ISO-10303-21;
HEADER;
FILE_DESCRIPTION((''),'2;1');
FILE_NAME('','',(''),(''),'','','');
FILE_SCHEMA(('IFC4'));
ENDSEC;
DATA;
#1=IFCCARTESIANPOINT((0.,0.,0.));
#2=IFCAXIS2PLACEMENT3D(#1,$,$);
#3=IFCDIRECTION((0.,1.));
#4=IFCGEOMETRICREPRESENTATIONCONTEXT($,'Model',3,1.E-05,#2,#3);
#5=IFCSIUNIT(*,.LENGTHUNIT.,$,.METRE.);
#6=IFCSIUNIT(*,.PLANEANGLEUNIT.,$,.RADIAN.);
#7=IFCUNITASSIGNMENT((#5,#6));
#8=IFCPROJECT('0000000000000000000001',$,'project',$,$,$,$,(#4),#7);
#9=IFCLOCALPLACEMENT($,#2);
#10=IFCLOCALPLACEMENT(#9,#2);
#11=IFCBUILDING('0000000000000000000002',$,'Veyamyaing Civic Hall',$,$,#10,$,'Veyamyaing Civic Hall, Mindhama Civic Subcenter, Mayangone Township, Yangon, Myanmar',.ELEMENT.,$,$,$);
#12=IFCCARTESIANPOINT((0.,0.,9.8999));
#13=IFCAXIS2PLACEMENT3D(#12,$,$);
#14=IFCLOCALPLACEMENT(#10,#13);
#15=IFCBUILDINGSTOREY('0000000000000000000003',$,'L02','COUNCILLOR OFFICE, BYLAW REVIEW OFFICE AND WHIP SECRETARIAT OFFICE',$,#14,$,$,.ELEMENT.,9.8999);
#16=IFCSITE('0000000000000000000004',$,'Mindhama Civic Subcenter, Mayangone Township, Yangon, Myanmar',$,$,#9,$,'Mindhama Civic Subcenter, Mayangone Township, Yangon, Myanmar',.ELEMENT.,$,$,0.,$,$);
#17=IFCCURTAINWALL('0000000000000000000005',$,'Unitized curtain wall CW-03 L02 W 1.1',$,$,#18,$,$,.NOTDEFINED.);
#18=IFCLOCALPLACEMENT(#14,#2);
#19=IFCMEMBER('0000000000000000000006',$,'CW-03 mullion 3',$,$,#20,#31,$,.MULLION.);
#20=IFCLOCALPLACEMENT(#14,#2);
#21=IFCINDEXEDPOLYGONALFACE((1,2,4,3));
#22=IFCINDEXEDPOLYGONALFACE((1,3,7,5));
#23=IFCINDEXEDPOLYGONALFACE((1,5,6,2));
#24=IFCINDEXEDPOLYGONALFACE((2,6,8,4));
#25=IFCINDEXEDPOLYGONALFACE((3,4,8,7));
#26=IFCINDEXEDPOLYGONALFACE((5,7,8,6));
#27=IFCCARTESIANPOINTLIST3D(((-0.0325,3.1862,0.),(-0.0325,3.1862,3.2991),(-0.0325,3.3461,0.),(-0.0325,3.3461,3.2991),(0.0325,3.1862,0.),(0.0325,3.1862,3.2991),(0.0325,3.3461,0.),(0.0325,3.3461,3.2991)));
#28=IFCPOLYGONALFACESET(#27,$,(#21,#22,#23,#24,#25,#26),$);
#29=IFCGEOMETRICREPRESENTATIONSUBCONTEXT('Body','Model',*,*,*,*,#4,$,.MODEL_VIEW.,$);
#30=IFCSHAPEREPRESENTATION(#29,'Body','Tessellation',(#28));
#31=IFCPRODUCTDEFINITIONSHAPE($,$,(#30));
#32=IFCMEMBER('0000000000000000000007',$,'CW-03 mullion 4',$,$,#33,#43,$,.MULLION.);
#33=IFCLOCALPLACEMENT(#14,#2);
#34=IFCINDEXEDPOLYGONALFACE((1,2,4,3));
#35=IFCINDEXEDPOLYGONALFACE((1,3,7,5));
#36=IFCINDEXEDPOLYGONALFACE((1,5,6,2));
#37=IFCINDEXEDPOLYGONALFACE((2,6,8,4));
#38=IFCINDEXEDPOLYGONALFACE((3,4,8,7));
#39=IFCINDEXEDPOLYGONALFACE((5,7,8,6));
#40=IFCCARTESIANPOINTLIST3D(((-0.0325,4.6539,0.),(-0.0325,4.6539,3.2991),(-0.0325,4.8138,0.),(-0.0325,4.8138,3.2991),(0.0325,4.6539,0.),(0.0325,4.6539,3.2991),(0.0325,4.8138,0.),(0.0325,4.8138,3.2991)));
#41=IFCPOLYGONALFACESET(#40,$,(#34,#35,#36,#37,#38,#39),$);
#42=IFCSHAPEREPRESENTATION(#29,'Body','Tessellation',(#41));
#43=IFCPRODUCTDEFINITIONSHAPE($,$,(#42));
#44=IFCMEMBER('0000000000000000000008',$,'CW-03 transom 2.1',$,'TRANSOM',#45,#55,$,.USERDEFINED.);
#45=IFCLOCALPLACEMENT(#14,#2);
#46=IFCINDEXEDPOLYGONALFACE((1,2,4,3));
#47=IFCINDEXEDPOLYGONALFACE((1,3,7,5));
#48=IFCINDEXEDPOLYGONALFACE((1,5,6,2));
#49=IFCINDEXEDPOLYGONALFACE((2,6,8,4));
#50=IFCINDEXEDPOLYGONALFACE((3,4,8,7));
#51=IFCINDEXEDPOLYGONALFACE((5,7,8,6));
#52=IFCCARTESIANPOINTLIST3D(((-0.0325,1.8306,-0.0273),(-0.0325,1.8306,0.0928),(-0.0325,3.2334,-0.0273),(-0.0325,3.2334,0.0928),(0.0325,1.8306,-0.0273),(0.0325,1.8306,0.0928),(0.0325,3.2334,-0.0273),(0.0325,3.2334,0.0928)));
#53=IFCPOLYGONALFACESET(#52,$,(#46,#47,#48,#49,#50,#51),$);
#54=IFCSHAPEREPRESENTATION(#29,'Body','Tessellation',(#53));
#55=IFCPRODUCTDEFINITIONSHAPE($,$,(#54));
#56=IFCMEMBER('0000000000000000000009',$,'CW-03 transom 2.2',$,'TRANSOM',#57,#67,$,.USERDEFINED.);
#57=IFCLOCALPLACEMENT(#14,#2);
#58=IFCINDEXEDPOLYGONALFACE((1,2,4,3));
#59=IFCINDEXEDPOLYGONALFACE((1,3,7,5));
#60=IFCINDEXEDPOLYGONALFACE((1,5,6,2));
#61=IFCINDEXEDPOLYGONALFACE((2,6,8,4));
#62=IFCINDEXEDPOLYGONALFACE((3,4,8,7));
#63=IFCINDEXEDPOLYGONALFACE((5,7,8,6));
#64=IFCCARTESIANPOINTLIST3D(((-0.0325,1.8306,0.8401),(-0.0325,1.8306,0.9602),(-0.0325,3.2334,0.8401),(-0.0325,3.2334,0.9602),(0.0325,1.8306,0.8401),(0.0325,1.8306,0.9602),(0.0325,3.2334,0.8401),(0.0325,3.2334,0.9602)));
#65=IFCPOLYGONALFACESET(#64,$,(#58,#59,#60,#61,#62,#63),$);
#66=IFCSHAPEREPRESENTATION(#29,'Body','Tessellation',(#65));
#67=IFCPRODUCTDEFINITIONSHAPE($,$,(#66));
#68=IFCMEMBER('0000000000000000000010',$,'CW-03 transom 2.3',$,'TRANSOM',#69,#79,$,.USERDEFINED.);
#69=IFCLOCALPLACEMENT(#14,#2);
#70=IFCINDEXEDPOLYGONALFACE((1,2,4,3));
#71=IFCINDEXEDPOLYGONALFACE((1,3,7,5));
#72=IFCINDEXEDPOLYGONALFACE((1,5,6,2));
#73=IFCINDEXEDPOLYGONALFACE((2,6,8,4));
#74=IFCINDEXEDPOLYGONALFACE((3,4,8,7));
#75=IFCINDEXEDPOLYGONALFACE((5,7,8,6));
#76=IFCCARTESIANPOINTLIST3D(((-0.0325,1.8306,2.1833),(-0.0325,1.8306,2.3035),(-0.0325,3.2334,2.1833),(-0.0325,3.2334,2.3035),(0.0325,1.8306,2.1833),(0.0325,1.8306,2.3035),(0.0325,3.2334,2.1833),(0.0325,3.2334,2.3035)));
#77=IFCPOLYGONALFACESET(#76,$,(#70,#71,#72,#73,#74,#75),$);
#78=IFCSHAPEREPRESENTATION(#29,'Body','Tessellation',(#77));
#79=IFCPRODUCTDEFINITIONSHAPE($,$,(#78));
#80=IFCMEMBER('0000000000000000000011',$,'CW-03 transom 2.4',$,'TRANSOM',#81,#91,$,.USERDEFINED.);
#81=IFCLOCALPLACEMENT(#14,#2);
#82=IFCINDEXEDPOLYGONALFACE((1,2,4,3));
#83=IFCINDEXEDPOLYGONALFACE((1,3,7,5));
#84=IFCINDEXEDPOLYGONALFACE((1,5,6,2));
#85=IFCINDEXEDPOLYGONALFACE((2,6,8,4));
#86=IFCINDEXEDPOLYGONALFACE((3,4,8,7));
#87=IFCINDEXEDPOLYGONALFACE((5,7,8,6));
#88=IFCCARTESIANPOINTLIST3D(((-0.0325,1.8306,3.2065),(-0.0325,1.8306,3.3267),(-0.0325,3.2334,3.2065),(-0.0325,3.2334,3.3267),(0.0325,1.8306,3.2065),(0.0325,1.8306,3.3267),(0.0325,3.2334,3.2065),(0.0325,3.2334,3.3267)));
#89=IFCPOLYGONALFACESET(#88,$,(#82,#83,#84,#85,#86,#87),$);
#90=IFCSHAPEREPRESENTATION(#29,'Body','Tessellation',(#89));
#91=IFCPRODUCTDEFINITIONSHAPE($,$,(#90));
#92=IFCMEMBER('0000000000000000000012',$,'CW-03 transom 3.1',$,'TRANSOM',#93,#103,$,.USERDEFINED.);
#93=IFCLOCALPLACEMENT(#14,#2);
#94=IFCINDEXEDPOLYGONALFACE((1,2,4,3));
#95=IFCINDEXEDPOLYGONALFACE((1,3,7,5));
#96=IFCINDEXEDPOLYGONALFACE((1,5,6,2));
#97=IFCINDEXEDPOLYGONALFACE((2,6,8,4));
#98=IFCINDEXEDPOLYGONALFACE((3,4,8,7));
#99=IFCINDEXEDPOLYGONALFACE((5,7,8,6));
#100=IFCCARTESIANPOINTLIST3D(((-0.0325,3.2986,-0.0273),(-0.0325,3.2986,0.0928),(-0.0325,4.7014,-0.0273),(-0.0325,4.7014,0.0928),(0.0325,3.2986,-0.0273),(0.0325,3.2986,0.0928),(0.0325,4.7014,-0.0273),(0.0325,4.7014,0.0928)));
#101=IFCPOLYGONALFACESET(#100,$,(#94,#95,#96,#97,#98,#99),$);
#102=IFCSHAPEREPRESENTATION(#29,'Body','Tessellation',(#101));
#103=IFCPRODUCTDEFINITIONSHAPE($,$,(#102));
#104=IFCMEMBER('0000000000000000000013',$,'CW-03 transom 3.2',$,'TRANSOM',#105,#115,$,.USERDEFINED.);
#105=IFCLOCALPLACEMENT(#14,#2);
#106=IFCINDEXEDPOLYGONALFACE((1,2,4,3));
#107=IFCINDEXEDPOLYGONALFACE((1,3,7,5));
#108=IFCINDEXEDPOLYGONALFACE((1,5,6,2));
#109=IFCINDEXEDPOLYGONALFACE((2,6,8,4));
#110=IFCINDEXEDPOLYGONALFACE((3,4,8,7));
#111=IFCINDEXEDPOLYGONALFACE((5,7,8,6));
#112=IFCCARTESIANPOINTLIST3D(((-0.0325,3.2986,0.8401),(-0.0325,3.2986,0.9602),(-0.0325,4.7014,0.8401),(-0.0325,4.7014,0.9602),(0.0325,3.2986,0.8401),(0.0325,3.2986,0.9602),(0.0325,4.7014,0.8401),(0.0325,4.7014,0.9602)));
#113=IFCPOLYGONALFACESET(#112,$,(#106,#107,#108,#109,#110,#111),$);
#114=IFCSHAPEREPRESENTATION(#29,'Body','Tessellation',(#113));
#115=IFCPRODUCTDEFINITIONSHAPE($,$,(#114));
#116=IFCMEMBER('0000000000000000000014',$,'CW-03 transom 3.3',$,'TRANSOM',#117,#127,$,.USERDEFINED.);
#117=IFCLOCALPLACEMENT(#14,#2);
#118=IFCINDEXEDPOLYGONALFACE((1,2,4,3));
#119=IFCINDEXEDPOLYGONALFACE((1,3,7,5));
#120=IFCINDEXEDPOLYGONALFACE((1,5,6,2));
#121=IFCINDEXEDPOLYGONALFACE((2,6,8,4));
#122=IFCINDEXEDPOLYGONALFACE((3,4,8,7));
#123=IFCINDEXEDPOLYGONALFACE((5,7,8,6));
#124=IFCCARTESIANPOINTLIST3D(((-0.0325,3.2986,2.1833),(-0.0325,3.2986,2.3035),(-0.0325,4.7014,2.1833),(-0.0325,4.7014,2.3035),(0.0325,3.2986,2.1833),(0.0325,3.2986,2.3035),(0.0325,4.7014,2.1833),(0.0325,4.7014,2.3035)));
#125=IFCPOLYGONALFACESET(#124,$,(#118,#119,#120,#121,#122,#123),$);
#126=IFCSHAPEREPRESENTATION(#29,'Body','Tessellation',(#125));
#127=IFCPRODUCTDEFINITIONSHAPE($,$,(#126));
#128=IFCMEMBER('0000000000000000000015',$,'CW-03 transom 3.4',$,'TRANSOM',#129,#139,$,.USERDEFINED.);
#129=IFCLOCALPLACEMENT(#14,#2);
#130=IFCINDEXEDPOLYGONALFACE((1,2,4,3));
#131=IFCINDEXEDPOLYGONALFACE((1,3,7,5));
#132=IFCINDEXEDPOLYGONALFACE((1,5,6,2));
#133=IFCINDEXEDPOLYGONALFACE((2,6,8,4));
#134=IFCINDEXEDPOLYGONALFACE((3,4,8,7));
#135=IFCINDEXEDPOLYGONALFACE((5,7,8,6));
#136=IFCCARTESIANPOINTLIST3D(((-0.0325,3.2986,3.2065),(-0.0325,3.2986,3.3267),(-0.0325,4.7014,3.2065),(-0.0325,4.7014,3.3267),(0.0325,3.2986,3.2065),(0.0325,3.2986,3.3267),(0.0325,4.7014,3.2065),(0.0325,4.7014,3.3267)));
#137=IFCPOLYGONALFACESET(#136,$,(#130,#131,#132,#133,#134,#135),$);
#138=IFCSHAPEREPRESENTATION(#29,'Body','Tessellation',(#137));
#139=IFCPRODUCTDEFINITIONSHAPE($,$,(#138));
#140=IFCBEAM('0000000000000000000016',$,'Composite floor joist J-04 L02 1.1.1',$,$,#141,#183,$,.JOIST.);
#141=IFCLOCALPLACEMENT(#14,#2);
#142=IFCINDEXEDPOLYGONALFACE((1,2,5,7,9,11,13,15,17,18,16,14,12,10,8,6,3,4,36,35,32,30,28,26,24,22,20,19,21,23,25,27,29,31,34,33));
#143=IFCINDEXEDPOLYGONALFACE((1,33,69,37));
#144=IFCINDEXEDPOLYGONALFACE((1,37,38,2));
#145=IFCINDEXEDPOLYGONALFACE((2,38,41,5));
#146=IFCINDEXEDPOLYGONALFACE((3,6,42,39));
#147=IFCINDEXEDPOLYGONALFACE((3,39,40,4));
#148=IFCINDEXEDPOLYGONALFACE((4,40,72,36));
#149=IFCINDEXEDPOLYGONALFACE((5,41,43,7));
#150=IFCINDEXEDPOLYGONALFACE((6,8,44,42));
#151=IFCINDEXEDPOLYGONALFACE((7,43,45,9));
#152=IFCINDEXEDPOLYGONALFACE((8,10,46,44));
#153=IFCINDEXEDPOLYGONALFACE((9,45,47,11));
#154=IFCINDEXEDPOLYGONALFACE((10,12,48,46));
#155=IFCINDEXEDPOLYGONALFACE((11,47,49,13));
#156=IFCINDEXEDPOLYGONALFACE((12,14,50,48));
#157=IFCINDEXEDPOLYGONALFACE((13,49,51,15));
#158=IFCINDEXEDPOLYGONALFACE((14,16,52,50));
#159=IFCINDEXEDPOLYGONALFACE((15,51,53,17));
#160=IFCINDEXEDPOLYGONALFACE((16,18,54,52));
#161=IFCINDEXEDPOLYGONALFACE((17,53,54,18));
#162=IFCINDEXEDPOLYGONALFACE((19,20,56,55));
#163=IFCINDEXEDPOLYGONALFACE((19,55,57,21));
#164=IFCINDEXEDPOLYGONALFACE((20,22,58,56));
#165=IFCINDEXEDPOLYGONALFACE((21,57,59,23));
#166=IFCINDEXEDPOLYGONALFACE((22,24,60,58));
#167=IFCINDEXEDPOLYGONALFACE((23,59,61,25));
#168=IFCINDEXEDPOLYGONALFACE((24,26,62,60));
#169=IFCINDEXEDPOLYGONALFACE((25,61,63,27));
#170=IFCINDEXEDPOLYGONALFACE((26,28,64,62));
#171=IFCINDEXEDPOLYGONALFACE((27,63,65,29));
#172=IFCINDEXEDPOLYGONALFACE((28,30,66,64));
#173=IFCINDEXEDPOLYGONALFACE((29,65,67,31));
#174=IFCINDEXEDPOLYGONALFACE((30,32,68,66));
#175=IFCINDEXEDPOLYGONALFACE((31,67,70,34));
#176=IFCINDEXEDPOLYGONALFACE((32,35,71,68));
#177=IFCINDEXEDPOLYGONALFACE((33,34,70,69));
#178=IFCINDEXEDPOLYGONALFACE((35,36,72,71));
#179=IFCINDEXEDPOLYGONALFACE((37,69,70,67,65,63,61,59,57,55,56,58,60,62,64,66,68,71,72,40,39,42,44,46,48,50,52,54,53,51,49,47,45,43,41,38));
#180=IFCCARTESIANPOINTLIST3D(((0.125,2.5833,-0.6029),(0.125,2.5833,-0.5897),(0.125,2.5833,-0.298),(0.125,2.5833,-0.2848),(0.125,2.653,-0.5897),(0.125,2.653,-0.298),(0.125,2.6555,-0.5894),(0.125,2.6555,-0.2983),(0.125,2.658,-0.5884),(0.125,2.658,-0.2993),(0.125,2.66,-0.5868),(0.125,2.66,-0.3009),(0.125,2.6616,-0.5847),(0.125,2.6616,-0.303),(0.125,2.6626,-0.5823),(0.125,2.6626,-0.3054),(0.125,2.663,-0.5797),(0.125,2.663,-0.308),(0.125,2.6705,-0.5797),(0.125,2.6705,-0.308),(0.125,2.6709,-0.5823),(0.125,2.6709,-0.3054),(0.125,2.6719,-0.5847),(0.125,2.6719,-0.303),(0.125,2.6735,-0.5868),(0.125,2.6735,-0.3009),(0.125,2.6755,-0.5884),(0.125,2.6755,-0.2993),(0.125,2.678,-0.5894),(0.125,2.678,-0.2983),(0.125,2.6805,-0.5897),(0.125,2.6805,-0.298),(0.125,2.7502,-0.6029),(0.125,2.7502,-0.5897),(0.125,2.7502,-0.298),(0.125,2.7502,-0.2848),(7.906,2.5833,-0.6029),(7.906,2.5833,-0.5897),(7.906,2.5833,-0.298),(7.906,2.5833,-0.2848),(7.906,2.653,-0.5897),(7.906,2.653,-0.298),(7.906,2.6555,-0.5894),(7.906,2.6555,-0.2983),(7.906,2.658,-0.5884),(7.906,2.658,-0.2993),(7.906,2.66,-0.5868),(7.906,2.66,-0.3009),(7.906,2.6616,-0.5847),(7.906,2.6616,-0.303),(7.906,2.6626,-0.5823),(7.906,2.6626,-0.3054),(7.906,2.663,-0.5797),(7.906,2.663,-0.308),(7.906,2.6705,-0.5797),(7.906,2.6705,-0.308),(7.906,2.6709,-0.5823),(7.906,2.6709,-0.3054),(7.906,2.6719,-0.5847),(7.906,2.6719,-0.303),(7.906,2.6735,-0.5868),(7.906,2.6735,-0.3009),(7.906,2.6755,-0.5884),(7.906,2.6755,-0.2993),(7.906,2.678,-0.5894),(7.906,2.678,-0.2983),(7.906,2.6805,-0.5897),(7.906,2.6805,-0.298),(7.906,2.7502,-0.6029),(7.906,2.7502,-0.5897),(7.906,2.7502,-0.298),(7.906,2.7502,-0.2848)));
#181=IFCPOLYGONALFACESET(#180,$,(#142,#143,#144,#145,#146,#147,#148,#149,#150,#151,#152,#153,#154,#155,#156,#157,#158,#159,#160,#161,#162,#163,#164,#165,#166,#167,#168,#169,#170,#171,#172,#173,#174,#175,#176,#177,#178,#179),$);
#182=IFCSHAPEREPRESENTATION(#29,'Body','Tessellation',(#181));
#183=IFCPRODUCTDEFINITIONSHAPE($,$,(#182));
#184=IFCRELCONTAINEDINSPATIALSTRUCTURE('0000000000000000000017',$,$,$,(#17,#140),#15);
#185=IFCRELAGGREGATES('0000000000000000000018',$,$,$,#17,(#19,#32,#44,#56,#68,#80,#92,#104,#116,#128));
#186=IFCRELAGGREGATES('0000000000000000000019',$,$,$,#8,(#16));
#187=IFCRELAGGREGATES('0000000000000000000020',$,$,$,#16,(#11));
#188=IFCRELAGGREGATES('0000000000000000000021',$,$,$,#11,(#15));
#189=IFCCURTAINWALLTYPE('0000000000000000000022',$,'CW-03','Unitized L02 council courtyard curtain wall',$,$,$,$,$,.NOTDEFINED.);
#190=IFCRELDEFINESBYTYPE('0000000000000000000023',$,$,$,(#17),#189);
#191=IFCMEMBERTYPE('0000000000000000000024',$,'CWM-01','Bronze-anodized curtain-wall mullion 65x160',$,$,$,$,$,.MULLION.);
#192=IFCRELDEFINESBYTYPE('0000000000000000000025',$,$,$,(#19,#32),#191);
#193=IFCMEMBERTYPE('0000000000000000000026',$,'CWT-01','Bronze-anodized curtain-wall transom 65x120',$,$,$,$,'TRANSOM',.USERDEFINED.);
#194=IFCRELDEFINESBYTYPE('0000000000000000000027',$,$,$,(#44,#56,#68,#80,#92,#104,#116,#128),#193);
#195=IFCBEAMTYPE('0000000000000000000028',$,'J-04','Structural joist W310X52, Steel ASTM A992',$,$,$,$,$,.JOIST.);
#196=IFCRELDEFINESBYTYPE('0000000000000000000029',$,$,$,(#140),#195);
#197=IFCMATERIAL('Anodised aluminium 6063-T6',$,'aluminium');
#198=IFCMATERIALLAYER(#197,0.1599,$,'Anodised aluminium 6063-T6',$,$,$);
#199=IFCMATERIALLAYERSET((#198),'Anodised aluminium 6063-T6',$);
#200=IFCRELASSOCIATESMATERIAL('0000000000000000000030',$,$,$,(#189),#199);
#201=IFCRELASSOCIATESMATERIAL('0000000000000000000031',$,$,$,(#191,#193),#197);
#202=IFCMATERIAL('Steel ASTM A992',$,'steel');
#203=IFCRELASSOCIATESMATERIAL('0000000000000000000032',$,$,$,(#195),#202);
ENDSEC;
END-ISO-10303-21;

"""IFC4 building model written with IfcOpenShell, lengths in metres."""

from ifc_helpers import new_model, si_unit, direction, frame, origin, origin_2d, place, context, subcontext, project, spatial, rectangle, i_section, extrude, material, layer, layer_set, material_profile, profile_set, type_object, element, aggregate, save


model = new_model("IFC4")

# Units and contexts
model_context = context("Model", 3, precision=1e-05, world=origin(), true_north=direction((0.0, 1.0)))
body_context = subcontext(model_context, "Body", "Model", "MODEL_VIEW")
ifc_project = project(units=[si_unit("LENGTHUNIT", "METRE"), si_unit("PLANEANGLEUNIT", "RADIAN")], contexts=[model_context])

# Site, building, storey
site_placement = place(None, origin())
site = spatial("IfcSite", under=ifc_project, at=site_placement, Name="Mindhama Civic Subcenter, Mayangone Township, Yangon, Myanmar", LongName="Mindhama Civic Subcenter, Mayangone Township, Yangon, Myanmar", CompositionType="ELEMENT", RefElevation=0.0)
building_placement = place(site_placement, origin())
building = spatial("IfcBuilding", under=site, at=building_placement, Name="Veyamyaing Civic Hall", LongName="Veyamyaing Civic Hall, Mindhama Civic Subcenter, Mayangone Township, Yangon, Myanmar", CompositionType="ELEMENT")
storey_placement = place(building_placement, frame((0.0, 0.0, 9.8999)))
storey = spatial("IfcBuildingStorey", under=building, at=storey_placement, Name="L02", Description="COUNCILLOR OFFICE, BYLAW REVIEW OFFICE AND WHIP SECRETARIAT OFFICE", CompositionType="ELEMENT", Elevation=9.8999)

# Curtain wall, members
ifc_material_1 = material(Name="Anodised aluminium 6063-T6", Category="aluminium")
ifc_layer_1 = layer(ifc_material_1, 0.1599, Name="Anodised aluminium 6063-T6")
ifc_layer_set_1 = layer_set([ifc_layer_1], Name="Anodised aluminium 6063-T6")
curtain_wall_type = type_object("IfcCurtainWallType", Name="CW-03", Description="Unitized L02 council courtyard curtain wall", PredefinedType="NOTDEFINED", material=ifc_layer_set_1)
curtain_wall_placement = place(storey_placement, origin())
curtain_wall = element("IfcCurtainWall", 1, at=curtain_wall_placement, inside=storey, type_object=curtain_wall_type, Name="Unitized curtain wall CW-03 L02 W 1.1", PredefinedType="NOTDEFINED")
ifc_material_profile_1 = material_profile(ifc_material_1, rectangle(XDim=0.0649, YDim=0.1599, at=origin_2d()), Name="ALU-MUL-65X160")
ifc_profile_set_1 = profile_set([ifc_material_profile_1], Name="Anodised aluminium 6063-T6")
member_type_1 = type_object("IfcMemberType", Name="CWM-01", Description="Bronze-anodized curtain-wall mullion 65x160", PredefinedType="MULLION", material=ifc_profile_set_1)
member_1_placement = place(storey_placement, frame((0.0, 3.2661, 0.0), z_axis=(0.0, 0.0, 1.0), x_axis=(-1.0, 0.0, 0.0)))
member_1 = element("IfcMember", 2, at=member_1_placement, type_object=member_type_1, Name="CW-03 mullion 3", PredefinedType="MULLION", context=body_context, shape_type="SweptSolid", body=[
    extrude(rectangle(XDim=0.0649, YDim=0.1599, at=origin_2d()), origin(), (0.0, 0.0, 1.0), 3.2991),
])
member_2_placement = place(storey_placement, frame((0.0, 4.7339, 0.0), z_axis=(0.0, 0.0, 1.0), x_axis=(-1.0, 0.0, 0.0)))
member_2 = element("IfcMember", 3, at=member_2_placement, type_object=member_type_1, Name="CW-03 mullion 4", PredefinedType="MULLION", context=body_context, shape_type="SweptSolid", body=[
    extrude(rectangle(XDim=0.0649, YDim=0.1599, at=origin_2d()), origin(), (0.0, 0.0, 1.0), 3.2991),
])
ifc_material_profile_2 = material_profile(ifc_material_1, rectangle(XDim=0.0649, YDim=0.1201, at=origin_2d()), Name="ALU-TRN-65X120")
ifc_profile_set_2 = profile_set([ifc_material_profile_2], Name="Anodised aluminium 6063-T6")
member_type_2 = type_object("IfcMemberType", Name="CWT-01", Description="Bronze-anodized curtain-wall transom 65x120", ElementType="TRANSOM", PredefinedType="USERDEFINED", material=ifc_profile_set_2)
member_3_placement = place(storey_placement, frame((0.0, 1.8306, 0.0327), z_axis=(0.0, 1.0, 0.0), x_axis=(-1.0, 0.0, 0.0)))
member_3 = element("IfcMember", 4, at=member_3_placement, type_object=member_type_2, Name="CW-03 transom 2.1", ObjectType="TRANSOM", PredefinedType="USERDEFINED", context=body_context, shape_type="SweptSolid", body=[
    extrude(rectangle(XDim=0.0649, YDim=0.1201, at=origin_2d()), origin(), (0.0, 0.0, 1.0), 1.4028),
])
member_4_placement = place(storey_placement, frame((0.0, 1.8306, 0.9001), z_axis=(0.0, 1.0, 0.0), x_axis=(-1.0, 0.0, 0.0)))
member_4 = element("IfcMember", 5, at=member_4_placement, type_object=member_type_2, Name="CW-03 transom 2.2", ObjectType="TRANSOM", PredefinedType="USERDEFINED", context=body_context, shape_type="SweptSolid", body=[
    extrude(rectangle(XDim=0.0649, YDim=0.1201, at=origin_2d()), origin(), (0.0, 0.0, 1.0), 1.4028),
])
member_5_placement = place(storey_placement, frame((0.0, 1.8306, 2.2434), z_axis=(0.0, 1.0, 0.0), x_axis=(-1.0, 0.0, 0.0)))
member_5 = element("IfcMember", 6, at=member_5_placement, type_object=member_type_2, Name="CW-03 transom 2.3", ObjectType="TRANSOM", PredefinedType="USERDEFINED", context=body_context, shape_type="SweptSolid", body=[
    extrude(rectangle(XDim=0.0649, YDim=0.1201, at=origin_2d()), origin(), (0.0, 0.0, 1.0), 1.4028),
])
member_6_placement = place(storey_placement, frame((0.0, 1.8306, 3.2666), z_axis=(0.0, 1.0, 0.0), x_axis=(-1.0, 0.0, 0.0)))
member_6 = element("IfcMember", 7, at=member_6_placement, type_object=member_type_2, Name="CW-03 transom 2.4", ObjectType="TRANSOM", PredefinedType="USERDEFINED", context=body_context, shape_type="SweptSolid", body=[
    extrude(rectangle(XDim=0.0649, YDim=0.1201, at=origin_2d()), origin(), (0.0, 0.0, 1.0), 1.4028),
])
member_7_placement = place(storey_placement, frame((0.0, 3.2986, 0.0327), z_axis=(0.0, 1.0, 0.0), x_axis=(-1.0, 0.0, 0.0)))
member_7 = element("IfcMember", 8, at=member_7_placement, type_object=member_type_2, Name="CW-03 transom 3.1", ObjectType="TRANSOM", PredefinedType="USERDEFINED", context=body_context, shape_type="SweptSolid", body=[
    extrude(rectangle(XDim=0.0649, YDim=0.1201, at=origin_2d()), origin(), (0.0, 0.0, 1.0), 1.4028),
])
member_8_placement = place(storey_placement, frame((0.0, 3.2986, 0.9001), z_axis=(0.0, 1.0, 0.0), x_axis=(-1.0, 0.0, 0.0)))
member_8 = element("IfcMember", 9, at=member_8_placement, type_object=member_type_2, Name="CW-03 transom 3.2", ObjectType="TRANSOM", PredefinedType="USERDEFINED", context=body_context, shape_type="SweptSolid", body=[
    extrude(rectangle(XDim=0.0649, YDim=0.1201, at=origin_2d()), origin(), (0.0, 0.0, 1.0), 1.4028),
])
member_9_placement = place(storey_placement, frame((0.0, 3.2986, 2.2434), z_axis=(0.0, 1.0, 0.0), x_axis=(-1.0, 0.0, 0.0)))
member_9 = element("IfcMember", 10, at=member_9_placement, type_object=member_type_2, Name="CW-03 transom 3.3", ObjectType="TRANSOM", PredefinedType="USERDEFINED", context=body_context, shape_type="SweptSolid", body=[
    extrude(rectangle(XDim=0.0649, YDim=0.1201, at=origin_2d()), origin(), (0.0, 0.0, 1.0), 1.4028),
])
member_10_placement = place(storey_placement, frame((0.0, 3.2986, 3.2666), z_axis=(0.0, 1.0, 0.0), x_axis=(-1.0, 0.0, 0.0)))
member_10 = element("IfcMember", 11, at=member_10_placement, type_object=member_type_2, Name="CW-03 transom 3.4", ObjectType="TRANSOM", PredefinedType="USERDEFINED", context=body_context, shape_type="SweptSolid", body=[
    extrude(rectangle(XDim=0.0649, YDim=0.1201, at=origin_2d()), origin(), (0.0, 0.0, 1.0), 1.4028),
])

# Beam
ifc_material_2 = material(Name="Steel ASTM A992", Category="steel")
ifc_material_profile_3 = material_profile(ifc_material_2, i_section(OverallWidth=0.167, OverallDepth=0.3181, WebThickness=0.0076, FlangeThickness=0.0132, FilletRadius=0.01, at=origin_2d()), Name="W310X52")
ifc_profile_set_3 = profile_set([ifc_material_profile_3], Name="Steel ASTM A992")
beam_type = type_object("IfcBeamType", Name="J-04", Description="Structural joist W310X52, Steel ASTM A992", PredefinedType="JOIST", material=ifc_profile_set_3)
beam_placement = place(storey_placement, frame((0.125, 2.6667, -0.4438), z_axis=(1.0, 0.0, 0.0), x_axis=(0.0, 1.0, 0.0)))
element("IfcBeam", 12, at=beam_placement, inside=storey, type_object=beam_type, Name="Composite floor joist J-04 L02 1.1.1", PredefinedType="JOIST", context=body_context, shape_type="SweptSolid", body=[
    extrude(i_section(OverallWidth=0.167, OverallDepth=0.3181, WebThickness=0.0076, FlangeThickness=0.0132, FilletRadius=0.01, at=origin_2d()), origin(), (0.0, 0.0, 1.0), 7.781),
])

aggregate(curtain_wall, [member_1, member_2, member_3, member_4, member_5, member_6, member_7, member_8, member_9, member_10])

save(model, "model.ifc")
